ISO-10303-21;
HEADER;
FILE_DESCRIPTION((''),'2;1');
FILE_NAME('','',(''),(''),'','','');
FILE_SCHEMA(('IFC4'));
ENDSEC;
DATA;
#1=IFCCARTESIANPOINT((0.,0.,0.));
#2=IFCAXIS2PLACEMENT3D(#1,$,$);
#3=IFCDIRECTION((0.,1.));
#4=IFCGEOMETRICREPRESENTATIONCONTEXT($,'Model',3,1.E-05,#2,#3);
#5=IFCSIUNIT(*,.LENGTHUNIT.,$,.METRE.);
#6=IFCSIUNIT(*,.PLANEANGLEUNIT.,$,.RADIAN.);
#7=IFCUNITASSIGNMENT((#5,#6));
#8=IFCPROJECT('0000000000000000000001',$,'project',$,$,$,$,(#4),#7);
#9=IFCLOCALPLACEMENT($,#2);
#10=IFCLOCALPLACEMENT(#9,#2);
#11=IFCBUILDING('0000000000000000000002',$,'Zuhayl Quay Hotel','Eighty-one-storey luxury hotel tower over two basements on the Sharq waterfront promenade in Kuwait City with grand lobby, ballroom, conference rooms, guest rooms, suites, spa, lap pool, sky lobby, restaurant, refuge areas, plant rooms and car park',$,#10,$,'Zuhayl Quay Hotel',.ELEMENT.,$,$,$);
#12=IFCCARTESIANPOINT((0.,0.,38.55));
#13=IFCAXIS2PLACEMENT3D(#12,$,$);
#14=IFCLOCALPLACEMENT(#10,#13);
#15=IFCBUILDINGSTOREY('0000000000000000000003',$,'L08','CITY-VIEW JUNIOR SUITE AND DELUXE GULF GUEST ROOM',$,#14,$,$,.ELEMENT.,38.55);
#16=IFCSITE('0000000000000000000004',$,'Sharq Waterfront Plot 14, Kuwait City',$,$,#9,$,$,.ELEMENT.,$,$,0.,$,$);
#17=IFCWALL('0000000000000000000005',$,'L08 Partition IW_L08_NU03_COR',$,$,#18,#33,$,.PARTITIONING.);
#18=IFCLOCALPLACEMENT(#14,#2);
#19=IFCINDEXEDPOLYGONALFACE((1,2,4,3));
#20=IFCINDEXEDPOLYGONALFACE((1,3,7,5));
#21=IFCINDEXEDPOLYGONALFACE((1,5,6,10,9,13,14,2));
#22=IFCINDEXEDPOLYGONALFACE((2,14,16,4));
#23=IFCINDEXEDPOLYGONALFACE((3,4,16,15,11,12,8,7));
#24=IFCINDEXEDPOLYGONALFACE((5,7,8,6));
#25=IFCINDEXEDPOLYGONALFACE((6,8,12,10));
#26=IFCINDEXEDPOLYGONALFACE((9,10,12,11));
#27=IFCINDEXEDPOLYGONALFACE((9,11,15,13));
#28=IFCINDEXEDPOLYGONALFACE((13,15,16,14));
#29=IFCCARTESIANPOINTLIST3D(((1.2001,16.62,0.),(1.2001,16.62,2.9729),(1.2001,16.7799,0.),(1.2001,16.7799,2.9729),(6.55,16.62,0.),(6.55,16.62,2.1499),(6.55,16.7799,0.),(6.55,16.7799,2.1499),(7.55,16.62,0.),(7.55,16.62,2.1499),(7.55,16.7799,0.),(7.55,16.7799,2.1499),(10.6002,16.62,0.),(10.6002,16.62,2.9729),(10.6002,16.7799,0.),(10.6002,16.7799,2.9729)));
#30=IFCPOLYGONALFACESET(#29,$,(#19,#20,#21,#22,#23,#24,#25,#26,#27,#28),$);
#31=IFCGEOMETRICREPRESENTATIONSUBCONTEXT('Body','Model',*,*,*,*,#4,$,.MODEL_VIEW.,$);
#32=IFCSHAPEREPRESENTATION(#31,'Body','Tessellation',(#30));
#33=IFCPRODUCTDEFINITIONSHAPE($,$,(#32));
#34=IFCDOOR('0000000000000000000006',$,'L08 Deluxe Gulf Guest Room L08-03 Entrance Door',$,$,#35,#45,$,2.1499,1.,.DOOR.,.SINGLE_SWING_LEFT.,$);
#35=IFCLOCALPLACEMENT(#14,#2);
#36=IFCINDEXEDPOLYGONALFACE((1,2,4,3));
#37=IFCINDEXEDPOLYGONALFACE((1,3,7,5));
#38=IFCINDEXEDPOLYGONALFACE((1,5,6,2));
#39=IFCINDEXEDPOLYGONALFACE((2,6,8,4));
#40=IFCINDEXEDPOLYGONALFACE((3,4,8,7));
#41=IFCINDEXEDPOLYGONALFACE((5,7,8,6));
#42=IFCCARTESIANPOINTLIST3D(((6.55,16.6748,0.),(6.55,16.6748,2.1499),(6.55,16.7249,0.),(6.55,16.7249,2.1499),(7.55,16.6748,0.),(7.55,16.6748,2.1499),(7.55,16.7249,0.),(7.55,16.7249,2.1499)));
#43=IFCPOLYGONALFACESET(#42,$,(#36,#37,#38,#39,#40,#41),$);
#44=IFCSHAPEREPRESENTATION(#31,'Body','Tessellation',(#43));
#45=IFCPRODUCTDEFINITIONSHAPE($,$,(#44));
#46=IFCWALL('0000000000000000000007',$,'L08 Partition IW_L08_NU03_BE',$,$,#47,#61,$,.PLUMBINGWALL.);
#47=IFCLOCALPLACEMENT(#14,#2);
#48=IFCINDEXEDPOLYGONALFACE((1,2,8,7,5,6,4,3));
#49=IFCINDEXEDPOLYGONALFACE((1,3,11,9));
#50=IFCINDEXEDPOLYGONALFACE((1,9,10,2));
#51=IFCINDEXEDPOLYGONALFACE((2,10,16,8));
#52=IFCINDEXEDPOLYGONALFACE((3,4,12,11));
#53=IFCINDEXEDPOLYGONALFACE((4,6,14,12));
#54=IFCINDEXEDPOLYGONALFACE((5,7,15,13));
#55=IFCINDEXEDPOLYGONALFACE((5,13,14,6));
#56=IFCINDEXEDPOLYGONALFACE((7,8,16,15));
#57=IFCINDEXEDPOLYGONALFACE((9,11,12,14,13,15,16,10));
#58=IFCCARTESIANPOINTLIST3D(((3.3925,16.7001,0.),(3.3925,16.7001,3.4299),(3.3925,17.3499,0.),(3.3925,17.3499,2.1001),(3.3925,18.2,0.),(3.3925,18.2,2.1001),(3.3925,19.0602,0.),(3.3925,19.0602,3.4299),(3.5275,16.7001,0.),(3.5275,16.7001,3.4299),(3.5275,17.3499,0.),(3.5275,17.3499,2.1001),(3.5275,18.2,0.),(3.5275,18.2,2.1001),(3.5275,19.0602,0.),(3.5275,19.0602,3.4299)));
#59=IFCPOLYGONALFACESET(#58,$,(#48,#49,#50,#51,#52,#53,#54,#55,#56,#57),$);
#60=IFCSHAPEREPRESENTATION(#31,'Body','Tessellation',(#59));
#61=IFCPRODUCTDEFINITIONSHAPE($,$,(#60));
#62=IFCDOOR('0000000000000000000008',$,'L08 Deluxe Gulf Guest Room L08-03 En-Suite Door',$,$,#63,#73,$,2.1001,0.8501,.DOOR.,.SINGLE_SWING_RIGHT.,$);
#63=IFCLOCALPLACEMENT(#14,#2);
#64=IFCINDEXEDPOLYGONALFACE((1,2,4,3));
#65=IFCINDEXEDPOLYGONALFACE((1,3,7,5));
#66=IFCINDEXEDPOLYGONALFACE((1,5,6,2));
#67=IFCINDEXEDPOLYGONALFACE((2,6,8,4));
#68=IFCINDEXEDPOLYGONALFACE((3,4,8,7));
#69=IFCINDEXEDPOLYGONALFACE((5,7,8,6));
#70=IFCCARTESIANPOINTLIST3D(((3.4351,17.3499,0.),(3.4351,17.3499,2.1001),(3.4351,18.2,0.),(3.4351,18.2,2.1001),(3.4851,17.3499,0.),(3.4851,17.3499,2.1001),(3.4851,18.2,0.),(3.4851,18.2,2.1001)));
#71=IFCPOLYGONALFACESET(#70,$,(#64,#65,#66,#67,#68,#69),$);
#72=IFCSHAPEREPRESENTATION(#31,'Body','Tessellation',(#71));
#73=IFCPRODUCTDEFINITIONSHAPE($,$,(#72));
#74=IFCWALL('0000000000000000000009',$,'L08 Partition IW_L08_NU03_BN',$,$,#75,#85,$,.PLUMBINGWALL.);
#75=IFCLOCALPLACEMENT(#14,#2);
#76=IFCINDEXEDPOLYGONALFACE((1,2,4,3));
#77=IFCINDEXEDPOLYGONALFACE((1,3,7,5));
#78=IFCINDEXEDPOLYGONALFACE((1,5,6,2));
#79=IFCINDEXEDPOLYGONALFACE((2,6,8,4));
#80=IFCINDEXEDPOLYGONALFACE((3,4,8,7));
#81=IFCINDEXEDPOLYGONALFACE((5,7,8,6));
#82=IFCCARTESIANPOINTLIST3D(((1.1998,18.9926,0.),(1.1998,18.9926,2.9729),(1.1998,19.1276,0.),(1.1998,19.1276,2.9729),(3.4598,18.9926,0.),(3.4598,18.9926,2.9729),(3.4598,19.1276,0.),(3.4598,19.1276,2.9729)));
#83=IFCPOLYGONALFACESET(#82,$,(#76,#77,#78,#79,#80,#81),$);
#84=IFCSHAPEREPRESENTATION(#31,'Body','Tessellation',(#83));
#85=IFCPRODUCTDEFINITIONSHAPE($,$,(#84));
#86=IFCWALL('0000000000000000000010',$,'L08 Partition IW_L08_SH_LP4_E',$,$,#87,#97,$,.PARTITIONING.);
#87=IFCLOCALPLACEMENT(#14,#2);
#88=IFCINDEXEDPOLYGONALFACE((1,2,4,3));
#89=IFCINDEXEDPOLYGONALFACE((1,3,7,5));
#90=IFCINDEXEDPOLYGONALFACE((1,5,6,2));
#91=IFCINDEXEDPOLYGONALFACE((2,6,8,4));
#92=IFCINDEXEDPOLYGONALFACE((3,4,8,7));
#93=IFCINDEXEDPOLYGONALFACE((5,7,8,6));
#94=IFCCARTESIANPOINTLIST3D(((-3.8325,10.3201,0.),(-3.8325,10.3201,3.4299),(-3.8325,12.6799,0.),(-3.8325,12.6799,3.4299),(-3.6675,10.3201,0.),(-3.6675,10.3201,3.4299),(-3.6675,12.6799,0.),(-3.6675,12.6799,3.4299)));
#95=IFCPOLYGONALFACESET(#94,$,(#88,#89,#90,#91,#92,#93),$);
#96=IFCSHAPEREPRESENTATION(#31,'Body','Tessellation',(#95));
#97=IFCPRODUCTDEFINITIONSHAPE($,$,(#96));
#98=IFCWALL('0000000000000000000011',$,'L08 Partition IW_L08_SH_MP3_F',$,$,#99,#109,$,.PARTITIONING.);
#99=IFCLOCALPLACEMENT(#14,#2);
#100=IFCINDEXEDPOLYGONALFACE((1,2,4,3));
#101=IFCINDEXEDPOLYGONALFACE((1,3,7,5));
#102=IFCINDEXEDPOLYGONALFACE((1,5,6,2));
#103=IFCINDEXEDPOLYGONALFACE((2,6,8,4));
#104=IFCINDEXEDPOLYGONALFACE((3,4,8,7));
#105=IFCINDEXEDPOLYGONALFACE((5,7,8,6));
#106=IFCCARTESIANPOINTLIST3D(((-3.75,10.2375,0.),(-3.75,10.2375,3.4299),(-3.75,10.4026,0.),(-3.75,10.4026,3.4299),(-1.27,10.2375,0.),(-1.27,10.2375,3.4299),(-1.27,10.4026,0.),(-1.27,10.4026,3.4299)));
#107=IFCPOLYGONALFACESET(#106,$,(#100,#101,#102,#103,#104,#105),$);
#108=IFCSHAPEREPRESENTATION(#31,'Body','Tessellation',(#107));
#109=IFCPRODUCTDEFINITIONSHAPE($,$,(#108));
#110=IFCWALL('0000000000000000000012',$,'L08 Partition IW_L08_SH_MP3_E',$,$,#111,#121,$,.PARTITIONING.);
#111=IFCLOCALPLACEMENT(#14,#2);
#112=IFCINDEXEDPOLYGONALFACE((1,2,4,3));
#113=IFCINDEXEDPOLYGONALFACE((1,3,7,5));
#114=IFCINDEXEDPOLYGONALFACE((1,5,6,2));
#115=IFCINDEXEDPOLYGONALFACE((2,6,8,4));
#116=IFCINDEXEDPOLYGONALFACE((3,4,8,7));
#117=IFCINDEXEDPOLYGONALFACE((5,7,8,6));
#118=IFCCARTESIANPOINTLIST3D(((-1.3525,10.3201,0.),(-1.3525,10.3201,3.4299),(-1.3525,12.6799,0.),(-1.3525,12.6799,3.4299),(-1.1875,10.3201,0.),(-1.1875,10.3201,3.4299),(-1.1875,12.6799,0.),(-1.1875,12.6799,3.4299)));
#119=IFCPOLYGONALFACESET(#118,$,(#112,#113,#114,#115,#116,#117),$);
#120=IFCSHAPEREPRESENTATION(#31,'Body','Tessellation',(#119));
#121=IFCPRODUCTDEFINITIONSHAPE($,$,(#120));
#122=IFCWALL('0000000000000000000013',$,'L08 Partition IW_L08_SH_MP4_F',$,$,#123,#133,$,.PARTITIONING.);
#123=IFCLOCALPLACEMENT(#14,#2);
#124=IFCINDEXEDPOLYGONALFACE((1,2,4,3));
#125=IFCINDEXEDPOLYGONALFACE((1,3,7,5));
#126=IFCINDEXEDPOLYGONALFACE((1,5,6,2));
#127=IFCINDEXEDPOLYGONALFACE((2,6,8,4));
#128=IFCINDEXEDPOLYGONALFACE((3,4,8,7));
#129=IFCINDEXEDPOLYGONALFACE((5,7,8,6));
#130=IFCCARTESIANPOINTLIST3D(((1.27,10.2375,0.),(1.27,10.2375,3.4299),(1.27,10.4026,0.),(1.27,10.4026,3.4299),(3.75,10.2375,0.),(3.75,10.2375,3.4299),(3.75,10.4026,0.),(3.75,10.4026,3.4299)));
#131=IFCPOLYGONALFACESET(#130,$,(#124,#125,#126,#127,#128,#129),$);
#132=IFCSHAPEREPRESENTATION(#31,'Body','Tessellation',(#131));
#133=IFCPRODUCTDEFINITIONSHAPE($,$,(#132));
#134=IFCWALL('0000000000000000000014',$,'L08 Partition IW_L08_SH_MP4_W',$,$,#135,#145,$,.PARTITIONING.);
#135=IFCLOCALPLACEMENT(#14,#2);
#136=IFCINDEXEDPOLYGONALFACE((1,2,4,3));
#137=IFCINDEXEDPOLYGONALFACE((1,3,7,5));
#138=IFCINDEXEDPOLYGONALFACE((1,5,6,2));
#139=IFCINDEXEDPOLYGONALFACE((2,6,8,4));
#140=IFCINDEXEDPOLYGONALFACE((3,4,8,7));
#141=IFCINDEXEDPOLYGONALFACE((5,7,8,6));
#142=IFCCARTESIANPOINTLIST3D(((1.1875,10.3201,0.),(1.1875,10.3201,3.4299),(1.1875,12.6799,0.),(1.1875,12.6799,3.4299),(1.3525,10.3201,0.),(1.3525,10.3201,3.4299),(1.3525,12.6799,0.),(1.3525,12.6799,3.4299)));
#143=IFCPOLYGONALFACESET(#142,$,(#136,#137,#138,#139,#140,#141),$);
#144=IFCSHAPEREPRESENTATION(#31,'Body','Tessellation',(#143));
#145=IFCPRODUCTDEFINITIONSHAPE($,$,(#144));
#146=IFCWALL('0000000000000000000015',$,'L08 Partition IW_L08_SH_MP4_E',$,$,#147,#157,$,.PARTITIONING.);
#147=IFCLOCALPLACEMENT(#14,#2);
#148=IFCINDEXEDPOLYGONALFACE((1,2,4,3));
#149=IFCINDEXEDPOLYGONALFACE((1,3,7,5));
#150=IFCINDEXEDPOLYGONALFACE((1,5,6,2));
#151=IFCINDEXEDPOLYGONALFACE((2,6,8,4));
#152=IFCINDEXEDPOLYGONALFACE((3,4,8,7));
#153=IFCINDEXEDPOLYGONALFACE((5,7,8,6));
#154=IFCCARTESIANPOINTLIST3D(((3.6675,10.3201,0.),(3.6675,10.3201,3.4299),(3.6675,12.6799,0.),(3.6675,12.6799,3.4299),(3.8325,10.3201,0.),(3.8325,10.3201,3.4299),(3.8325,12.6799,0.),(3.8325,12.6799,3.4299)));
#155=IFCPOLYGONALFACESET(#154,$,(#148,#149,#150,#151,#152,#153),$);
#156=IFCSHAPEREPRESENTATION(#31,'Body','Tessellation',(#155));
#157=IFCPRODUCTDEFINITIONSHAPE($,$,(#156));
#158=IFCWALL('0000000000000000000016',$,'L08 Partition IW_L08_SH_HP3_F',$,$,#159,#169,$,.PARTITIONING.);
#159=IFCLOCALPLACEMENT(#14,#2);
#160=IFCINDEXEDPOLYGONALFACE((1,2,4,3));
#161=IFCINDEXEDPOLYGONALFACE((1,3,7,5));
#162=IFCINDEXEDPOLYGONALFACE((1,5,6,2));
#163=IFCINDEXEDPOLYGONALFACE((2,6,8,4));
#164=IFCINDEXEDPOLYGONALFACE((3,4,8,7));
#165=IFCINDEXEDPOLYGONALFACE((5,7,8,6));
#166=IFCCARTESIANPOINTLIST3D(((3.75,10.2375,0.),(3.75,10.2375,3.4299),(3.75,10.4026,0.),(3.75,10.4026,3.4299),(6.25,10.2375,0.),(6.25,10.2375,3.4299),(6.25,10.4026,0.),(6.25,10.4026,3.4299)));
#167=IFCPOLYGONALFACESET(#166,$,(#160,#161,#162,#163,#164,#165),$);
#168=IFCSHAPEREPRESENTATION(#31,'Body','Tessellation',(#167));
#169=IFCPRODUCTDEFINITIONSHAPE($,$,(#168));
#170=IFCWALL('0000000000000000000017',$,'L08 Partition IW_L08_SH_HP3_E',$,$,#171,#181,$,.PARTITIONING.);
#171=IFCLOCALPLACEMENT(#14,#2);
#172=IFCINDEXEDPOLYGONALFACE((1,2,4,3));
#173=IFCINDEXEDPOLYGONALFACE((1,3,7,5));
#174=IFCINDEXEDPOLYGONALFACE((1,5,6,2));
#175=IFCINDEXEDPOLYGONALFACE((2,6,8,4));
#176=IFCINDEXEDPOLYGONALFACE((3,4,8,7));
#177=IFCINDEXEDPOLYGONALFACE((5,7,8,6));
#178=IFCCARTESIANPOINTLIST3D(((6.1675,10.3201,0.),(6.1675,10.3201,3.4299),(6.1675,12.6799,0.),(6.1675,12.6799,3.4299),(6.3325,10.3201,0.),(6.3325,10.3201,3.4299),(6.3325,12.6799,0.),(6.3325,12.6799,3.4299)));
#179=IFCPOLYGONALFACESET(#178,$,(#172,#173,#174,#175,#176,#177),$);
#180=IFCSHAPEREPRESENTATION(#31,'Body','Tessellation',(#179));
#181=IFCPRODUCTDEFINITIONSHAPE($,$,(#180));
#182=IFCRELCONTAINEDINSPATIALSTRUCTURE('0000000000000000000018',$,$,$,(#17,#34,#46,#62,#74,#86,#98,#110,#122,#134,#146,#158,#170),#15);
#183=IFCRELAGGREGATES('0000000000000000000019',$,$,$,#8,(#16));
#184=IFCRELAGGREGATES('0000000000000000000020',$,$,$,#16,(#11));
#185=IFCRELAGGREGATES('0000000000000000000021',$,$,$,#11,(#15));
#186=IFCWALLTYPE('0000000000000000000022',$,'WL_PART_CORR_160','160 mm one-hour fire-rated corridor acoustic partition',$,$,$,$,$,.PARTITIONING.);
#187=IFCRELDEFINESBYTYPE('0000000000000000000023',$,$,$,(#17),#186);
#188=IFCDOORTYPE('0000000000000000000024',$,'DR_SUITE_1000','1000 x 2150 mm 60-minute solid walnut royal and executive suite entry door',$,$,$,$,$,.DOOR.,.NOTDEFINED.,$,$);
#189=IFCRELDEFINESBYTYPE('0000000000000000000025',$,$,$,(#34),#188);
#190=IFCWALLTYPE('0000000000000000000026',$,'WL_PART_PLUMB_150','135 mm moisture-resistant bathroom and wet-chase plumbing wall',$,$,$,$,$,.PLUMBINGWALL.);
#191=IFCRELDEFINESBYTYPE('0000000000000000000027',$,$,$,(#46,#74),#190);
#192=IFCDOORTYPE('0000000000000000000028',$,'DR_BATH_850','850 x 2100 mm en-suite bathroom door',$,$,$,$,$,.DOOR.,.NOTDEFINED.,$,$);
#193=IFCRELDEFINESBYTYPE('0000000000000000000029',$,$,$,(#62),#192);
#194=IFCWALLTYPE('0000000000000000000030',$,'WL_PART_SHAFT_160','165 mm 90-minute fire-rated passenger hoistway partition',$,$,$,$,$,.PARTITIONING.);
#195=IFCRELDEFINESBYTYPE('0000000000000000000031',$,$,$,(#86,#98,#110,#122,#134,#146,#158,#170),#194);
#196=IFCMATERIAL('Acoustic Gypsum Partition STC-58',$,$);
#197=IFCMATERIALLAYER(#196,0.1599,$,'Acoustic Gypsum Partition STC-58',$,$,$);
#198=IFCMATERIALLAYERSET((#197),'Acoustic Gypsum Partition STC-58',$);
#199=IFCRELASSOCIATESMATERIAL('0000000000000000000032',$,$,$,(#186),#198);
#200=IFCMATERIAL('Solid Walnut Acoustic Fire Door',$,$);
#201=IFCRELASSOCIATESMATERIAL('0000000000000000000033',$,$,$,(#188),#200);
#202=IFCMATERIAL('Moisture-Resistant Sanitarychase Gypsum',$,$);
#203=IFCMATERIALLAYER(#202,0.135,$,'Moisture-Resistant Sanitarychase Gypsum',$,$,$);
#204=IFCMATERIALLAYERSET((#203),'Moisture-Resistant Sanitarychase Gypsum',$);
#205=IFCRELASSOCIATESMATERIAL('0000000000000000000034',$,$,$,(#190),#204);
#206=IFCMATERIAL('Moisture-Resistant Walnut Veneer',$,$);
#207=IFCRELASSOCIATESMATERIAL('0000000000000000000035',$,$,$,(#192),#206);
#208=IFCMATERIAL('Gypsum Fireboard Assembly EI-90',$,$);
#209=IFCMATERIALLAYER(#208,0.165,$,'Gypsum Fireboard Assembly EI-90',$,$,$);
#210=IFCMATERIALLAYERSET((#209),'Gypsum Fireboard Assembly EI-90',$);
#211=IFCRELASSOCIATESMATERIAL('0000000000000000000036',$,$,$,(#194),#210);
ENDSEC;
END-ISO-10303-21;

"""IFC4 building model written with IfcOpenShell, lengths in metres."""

from ifc_helpers import new_model, si_unit, direction, frame, frame_2d, origin, place, context, subcontext, project, spatial, rectangle, extrude, material, layer, layer_set, type_object, element, fill, save


model = new_model("IFC4")

# Units and contexts
model_context = context("Model", 3, precision=1e-05, world=origin(), true_north=direction((0.0, 1.0)))
body_context = subcontext(model_context, "Body", "Model", "MODEL_VIEW")
ifc_project = project(units=[si_unit("LENGTHUNIT", "METRE"), si_unit("PLANEANGLEUNIT", "RADIAN")], contexts=[model_context])

# Site, building, storey
site_placement = place(None, origin())
site = spatial("IfcSite", under=ifc_project, at=site_placement, Name="Sharq Waterfront Plot 14, Kuwait City", CompositionType="ELEMENT", RefElevation=0.0)
building_placement = place(site_placement, origin())
building = spatial("IfcBuilding", under=site, at=building_placement, Name="Zuhayl Quay Hotel", Description="Eighty-one-storey luxury hotel tower over two basements on the Sharq waterfront promenade in Kuwait City with grand lobby, ballroom, conference rooms, guest rooms, suites, spa, lap pool, sky lobby, restaurant, refuge areas, plant rooms and car park", LongName="Zuhayl Quay Hotel", CompositionType="ELEMENT")
storey_placement = place(building_placement, frame((0.0, 0.0, 38.55)))
storey = spatial("IfcBuildingStorey", under=building, at=storey_placement, Name="L08", Description="CITY-VIEW JUNIOR SUITE AND DELUXE GULF GUEST ROOM", CompositionType="ELEMENT", Elevation=38.55)

# Shared definitions
ifc_material_1 = material(Name="Acoustic Gypsum Partition STC-58")

# Walls, openings, doors
ifc_layer_1 = layer(ifc_material_1, 0.1599, Name="Acoustic Gypsum Partition STC-58")
ifc_layer_set_1 = layer_set([ifc_layer_1], Name="Acoustic Gypsum Partition STC-58")
wall_type_1 = type_object("IfcWallType", Name="WL_PART_CORR_160", Description="160 mm one-hour fire-rated corridor acoustic partition", PredefinedType="PARTITIONING", material=ifc_layer_set_1)
wall_1_placement = place(storey_placement, frame((1.2, 16.7, 0.0), z_axis=(0.0, 0.0, 1.0), x_axis=(1.0, 0.0, 0.0)))
wall_1 = element("IfcWall", 1, at=wall_1_placement, inside=storey, type_object=wall_type_1, Name="L08 Partition IW_L08_NU03_COR", PredefinedType="PARTITIONING", context=body_context, shape_type="SweptSolid", body=[
    extrude(rectangle(XDim=9.4001, YDim=0.1599, at=frame_2d((4.7002, 0.0))), origin(), (0.0, 0.0, 1.0), 2.9729),
])
opening_1_placement = place(wall_1_placement, frame((5.3501, 0.0, 0.0)))
opening_1 = element("IfcOpeningElement", 2, at=opening_1_placement, cuts=wall_1, PredefinedType="OPENING", context=body_context, shape_type="SweptSolid", body=[
    extrude(rectangle(XDim=1.0, YDim=2.1499, at=frame_2d((0.5, 1.075))), frame((0.0, 0.0898, 0.0), z_axis=(0.0, -1.0, 0.0), x_axis=(1.0, 0.0, 0.0)), (0.0, 0.0, 1.0), 0.1799),
])
ifc_material_2 = material(Name="Solid Walnut Acoustic Fire Door")
door_type_1 = type_object("IfcDoorType", Name="DR_SUITE_1000", Description="1000 x 2150 mm 60-minute solid walnut royal and executive suite entry door", OperationType="NOTDEFINED", PredefinedType="DOOR", material=ifc_material_2)
door_1_placement = place(opening_1_placement, origin())
door_1 = element("IfcDoor", 3, at=door_1_placement, inside=storey, type_object=door_type_1, Name="L08 Deluxe Gulf Guest Room L08-03 Entrance Door", OperationType="SINGLE_SWING_LEFT", OverallHeight=2.1499, OverallWidth=1.0, PredefinedType="DOOR", context=body_context, shape_type="SweptSolid", body=[
    extrude(rectangle(XDim=1.0, YDim=2.1499, at=frame_2d((0.5, 1.075))), frame((0.0, 0.0249, 0.0), z_axis=(0.0, -1.0, 0.0), x_axis=(1.0, 0.0, 0.0)), (0.0, 0.0, 1.0), 0.05),
])
fill(opening_1, door_1)
ifc_material_3 = material(Name="Moisture-Resistant Sanitarychase Gypsum")
ifc_layer_2 = layer(ifc_material_3, 0.135, Name="Moisture-Resistant Sanitarychase Gypsum")
ifc_layer_set_2 = layer_set([ifc_layer_2], Name="Moisture-Resistant Sanitarychase Gypsum")
wall_type_2 = type_object("IfcWallType", Name="WL_PART_PLUMB_150", Description="135 mm moisture-resistant bathroom and wet-chase plumbing wall", PredefinedType="PLUMBINGWALL", material=ifc_layer_set_2)
wall_2_placement = place(storey_placement, frame((3.46, 16.7, 0.0), z_axis=(0.0, 0.0, 1.0), x_axis=(0.0, 1.0, 0.0)))
wall_2 = element("IfcWall", 4, at=wall_2_placement, inside=storey, type_object=wall_type_2, Name="L08 Partition IW_L08_NU03_BE", PredefinedType="PLUMBINGWALL", context=body_context, shape_type="SweptSolid", body=[
    extrude(rectangle(XDim=2.3601, YDim=0.135, at=frame_2d((1.1802, 0.0))), origin(), (0.0, 0.0, 1.0), 3.4299),
])
opening_2_placement = place(wall_2_placement, frame((0.6499, 0.0, 0.0)))
opening_2 = element("IfcOpeningElement", 5, at=opening_2_placement, cuts=wall_2, PredefinedType="OPENING", context=body_context, shape_type="SweptSolid", body=[
    extrude(rectangle(XDim=0.8501, YDim=2.1001, at=frame_2d((0.425, 1.05))), frame((0.0, 0.0774, 0.0), z_axis=(0.0, -1.0, 0.0), x_axis=(1.0, 0.0, 0.0)), (0.0, 0.0, 1.0), 0.155),
])
ifc_material_4 = material(Name="Moisture-Resistant Walnut Veneer")
door_type_2 = type_object("IfcDoorType", Name="DR_BATH_850", Description="850 x 2100 mm en-suite bathroom door", OperationType="NOTDEFINED", PredefinedType="DOOR", material=ifc_material_4)
door_2_placement = place(opening_2_placement, origin())
door_2 = element("IfcDoor", 6, at=door_2_placement, inside=storey, type_object=door_type_2, Name="L08 Deluxe Gulf Guest Room L08-03 En-Suite Door", OperationType="SINGLE_SWING_RIGHT", OverallHeight=2.1001, OverallWidth=0.8501, PredefinedType="DOOR", context=body_context, shape_type="SweptSolid", body=[
    extrude(rectangle(XDim=0.8501, YDim=2.1001, at=frame_2d((0.425, 1.05))), frame((0.0, 0.0249, 0.0), z_axis=(0.0, -1.0, 0.0), x_axis=(1.0, 0.0, 0.0)), (0.0, 0.0, 1.0), 0.05),
])
fill(opening_2, door_2)

# Walls
wall_3_placement = place(storey_placement, frame((1.2, 19.0601, 0.0), z_axis=(0.0, 0.0, 1.0), x_axis=(1.0, 0.0, 0.0)))
element("IfcWall", 7, at=wall_3_placement, inside=storey, type_object=wall_type_2, Name="L08 Partition IW_L08_NU03_BN", PredefinedType="PLUMBINGWALL", context=body_context, shape_type="SweptSolid", body=[
    extrude(rectangle(XDim=2.26, YDim=0.135, at=frame_2d((1.1299, 0.0))), origin(), (0.0, 0.0, 1.0), 2.9729),
])
ifc_material_5 = material(Name="Gypsum Fireboard Assembly EI-90")
ifc_layer_3 = layer(ifc_material_5, 0.165, Name="Gypsum Fireboard Assembly EI-90")
ifc_layer_set_3 = layer_set([ifc_layer_3], Name="Gypsum Fireboard Assembly EI-90")
wall_type_3 = type_object("IfcWallType", Name="WL_PART_SHAFT_160", Description="165 mm 90-minute fire-rated passenger hoistway partition", PredefinedType="PARTITIONING", material=ifc_layer_set_3)
wall_4_placement = place(storey_placement, frame((-3.75, 10.3201, 0.0), z_axis=(0.0, 0.0, 1.0), x_axis=(0.0, 1.0, 0.0)))
element("IfcWall", 8, at=wall_4_placement, inside=storey, type_object=wall_type_3, Name="L08 Partition IW_L08_SH_LP4_E", PredefinedType="PARTITIONING", context=body_context, shape_type="SweptSolid", body=[
    extrude(rectangle(XDim=2.3599, YDim=0.165, at=frame_2d((1.1799, 0.0))), origin(), (0.0, 0.0, 1.0), 3.4299),
])
wall_5_placement = place(storey_placement, frame((-3.75, 10.3201, 0.0), z_axis=(0.0, 0.0, 1.0), x_axis=(1.0, 0.0, 0.0)))
element("IfcWall", 9, at=wall_5_placement, inside=storey, type_object=wall_type_3, Name="L08 Partition IW_L08_SH_MP3_F", PredefinedType="PARTITIONING", context=body_context, shape_type="SweptSolid", body=[
    extrude(rectangle(XDim=2.48, YDim=0.165, at=frame_2d((1.24, 0.0))), origin(), (0.0, 0.0, 1.0), 3.4299),
])
wall_6_placement = place(storey_placement, frame((-1.27, 10.3201, 0.0), z_axis=(0.0, 0.0, 1.0), x_axis=(0.0, 1.0, 0.0)))
element("IfcWall", 10, at=wall_6_placement, inside=storey, type_object=wall_type_3, Name="L08 Partition IW_L08_SH_MP3_E", PredefinedType="PARTITIONING", context=body_context, shape_type="SweptSolid", body=[
    extrude(rectangle(XDim=2.3599, YDim=0.165, at=frame_2d((1.1799, 0.0))), origin(), (0.0, 0.0, 1.0), 3.4299),
])
wall_7_placement = place(storey_placement, frame((1.27, 10.3201, 0.0), z_axis=(0.0, 0.0, 1.0), x_axis=(1.0, 0.0, 0.0)))
element("IfcWall", 11, at=wall_7_placement, inside=storey, type_object=wall_type_3, Name="L08 Partition IW_L08_SH_MP4_F", PredefinedType="PARTITIONING", context=body_context, shape_type="SweptSolid", body=[
    extrude(rectangle(XDim=2.48, YDim=0.165, at=frame_2d((1.24, 0.0))), origin(), (0.0, 0.0, 1.0), 3.4299),
])
for number, where, z_axis, x_axis, name in (
    (12, (1.27, 10.3201, 0.0), (0.0, 0.0, 1.0), (0.0, 1.0, 0.0), "L08 Partition IW_L08_SH_MP4_W"),
    (13, (3.75, 10.3201, 0.0), (0.0, 0.0, 1.0), (0.0, 1.0, 0.0), "L08 Partition IW_L08_SH_MP4_E"),
):
    element("IfcWall", number, at=place(storey_placement, frame(where, z_axis=z_axis, x_axis=x_axis)), inside=storey, type_object=wall_type_3, Name=name, PredefinedType="PARTITIONING", context=body_context, shape_type="SweptSolid", body=[
        extrude(rectangle(XDim=2.3599, YDim=0.165, at=frame_2d((1.1799, 0.0))), origin(), (0.0, 0.0, 1.0), 3.4299),
    ])
wall_8_placement = place(storey_placement, frame((3.75, 10.3201, 0.0), z_axis=(0.0, 0.0, 1.0), x_axis=(1.0, 0.0, 0.0)))
element("IfcWall", 14, at=wall_8_placement, inside=storey, type_object=wall_type_3, Name="L08 Partition IW_L08_SH_HP3_F", PredefinedType="PARTITIONING", context=body_context, shape_type="SweptSolid", body=[
    extrude(rectangle(XDim=2.5, YDim=0.165, at=frame_2d((1.25, 0.0))), origin(), (0.0, 0.0, 1.0), 3.4299),
])
wall_9_placement = place(storey_placement, frame((6.25, 10.3201, 0.0), z_axis=(0.0, 0.0, 1.0), x_axis=(0.0, 1.0, 0.0)))
element("IfcWall", 15, at=wall_9_placement, inside=storey, type_object=wall_type_3, Name="L08 Partition IW_L08_SH_HP3_E", PredefinedType="PARTITIONING", context=body_context, shape_type="SweptSolid", body=[
    extrude(rectangle(XDim=2.3599, YDim=0.165, at=frame_2d((1.1799, 0.0))), origin(), (0.0, 0.0, 1.0), 3.4299),
])

save(model, "model.ifc")
